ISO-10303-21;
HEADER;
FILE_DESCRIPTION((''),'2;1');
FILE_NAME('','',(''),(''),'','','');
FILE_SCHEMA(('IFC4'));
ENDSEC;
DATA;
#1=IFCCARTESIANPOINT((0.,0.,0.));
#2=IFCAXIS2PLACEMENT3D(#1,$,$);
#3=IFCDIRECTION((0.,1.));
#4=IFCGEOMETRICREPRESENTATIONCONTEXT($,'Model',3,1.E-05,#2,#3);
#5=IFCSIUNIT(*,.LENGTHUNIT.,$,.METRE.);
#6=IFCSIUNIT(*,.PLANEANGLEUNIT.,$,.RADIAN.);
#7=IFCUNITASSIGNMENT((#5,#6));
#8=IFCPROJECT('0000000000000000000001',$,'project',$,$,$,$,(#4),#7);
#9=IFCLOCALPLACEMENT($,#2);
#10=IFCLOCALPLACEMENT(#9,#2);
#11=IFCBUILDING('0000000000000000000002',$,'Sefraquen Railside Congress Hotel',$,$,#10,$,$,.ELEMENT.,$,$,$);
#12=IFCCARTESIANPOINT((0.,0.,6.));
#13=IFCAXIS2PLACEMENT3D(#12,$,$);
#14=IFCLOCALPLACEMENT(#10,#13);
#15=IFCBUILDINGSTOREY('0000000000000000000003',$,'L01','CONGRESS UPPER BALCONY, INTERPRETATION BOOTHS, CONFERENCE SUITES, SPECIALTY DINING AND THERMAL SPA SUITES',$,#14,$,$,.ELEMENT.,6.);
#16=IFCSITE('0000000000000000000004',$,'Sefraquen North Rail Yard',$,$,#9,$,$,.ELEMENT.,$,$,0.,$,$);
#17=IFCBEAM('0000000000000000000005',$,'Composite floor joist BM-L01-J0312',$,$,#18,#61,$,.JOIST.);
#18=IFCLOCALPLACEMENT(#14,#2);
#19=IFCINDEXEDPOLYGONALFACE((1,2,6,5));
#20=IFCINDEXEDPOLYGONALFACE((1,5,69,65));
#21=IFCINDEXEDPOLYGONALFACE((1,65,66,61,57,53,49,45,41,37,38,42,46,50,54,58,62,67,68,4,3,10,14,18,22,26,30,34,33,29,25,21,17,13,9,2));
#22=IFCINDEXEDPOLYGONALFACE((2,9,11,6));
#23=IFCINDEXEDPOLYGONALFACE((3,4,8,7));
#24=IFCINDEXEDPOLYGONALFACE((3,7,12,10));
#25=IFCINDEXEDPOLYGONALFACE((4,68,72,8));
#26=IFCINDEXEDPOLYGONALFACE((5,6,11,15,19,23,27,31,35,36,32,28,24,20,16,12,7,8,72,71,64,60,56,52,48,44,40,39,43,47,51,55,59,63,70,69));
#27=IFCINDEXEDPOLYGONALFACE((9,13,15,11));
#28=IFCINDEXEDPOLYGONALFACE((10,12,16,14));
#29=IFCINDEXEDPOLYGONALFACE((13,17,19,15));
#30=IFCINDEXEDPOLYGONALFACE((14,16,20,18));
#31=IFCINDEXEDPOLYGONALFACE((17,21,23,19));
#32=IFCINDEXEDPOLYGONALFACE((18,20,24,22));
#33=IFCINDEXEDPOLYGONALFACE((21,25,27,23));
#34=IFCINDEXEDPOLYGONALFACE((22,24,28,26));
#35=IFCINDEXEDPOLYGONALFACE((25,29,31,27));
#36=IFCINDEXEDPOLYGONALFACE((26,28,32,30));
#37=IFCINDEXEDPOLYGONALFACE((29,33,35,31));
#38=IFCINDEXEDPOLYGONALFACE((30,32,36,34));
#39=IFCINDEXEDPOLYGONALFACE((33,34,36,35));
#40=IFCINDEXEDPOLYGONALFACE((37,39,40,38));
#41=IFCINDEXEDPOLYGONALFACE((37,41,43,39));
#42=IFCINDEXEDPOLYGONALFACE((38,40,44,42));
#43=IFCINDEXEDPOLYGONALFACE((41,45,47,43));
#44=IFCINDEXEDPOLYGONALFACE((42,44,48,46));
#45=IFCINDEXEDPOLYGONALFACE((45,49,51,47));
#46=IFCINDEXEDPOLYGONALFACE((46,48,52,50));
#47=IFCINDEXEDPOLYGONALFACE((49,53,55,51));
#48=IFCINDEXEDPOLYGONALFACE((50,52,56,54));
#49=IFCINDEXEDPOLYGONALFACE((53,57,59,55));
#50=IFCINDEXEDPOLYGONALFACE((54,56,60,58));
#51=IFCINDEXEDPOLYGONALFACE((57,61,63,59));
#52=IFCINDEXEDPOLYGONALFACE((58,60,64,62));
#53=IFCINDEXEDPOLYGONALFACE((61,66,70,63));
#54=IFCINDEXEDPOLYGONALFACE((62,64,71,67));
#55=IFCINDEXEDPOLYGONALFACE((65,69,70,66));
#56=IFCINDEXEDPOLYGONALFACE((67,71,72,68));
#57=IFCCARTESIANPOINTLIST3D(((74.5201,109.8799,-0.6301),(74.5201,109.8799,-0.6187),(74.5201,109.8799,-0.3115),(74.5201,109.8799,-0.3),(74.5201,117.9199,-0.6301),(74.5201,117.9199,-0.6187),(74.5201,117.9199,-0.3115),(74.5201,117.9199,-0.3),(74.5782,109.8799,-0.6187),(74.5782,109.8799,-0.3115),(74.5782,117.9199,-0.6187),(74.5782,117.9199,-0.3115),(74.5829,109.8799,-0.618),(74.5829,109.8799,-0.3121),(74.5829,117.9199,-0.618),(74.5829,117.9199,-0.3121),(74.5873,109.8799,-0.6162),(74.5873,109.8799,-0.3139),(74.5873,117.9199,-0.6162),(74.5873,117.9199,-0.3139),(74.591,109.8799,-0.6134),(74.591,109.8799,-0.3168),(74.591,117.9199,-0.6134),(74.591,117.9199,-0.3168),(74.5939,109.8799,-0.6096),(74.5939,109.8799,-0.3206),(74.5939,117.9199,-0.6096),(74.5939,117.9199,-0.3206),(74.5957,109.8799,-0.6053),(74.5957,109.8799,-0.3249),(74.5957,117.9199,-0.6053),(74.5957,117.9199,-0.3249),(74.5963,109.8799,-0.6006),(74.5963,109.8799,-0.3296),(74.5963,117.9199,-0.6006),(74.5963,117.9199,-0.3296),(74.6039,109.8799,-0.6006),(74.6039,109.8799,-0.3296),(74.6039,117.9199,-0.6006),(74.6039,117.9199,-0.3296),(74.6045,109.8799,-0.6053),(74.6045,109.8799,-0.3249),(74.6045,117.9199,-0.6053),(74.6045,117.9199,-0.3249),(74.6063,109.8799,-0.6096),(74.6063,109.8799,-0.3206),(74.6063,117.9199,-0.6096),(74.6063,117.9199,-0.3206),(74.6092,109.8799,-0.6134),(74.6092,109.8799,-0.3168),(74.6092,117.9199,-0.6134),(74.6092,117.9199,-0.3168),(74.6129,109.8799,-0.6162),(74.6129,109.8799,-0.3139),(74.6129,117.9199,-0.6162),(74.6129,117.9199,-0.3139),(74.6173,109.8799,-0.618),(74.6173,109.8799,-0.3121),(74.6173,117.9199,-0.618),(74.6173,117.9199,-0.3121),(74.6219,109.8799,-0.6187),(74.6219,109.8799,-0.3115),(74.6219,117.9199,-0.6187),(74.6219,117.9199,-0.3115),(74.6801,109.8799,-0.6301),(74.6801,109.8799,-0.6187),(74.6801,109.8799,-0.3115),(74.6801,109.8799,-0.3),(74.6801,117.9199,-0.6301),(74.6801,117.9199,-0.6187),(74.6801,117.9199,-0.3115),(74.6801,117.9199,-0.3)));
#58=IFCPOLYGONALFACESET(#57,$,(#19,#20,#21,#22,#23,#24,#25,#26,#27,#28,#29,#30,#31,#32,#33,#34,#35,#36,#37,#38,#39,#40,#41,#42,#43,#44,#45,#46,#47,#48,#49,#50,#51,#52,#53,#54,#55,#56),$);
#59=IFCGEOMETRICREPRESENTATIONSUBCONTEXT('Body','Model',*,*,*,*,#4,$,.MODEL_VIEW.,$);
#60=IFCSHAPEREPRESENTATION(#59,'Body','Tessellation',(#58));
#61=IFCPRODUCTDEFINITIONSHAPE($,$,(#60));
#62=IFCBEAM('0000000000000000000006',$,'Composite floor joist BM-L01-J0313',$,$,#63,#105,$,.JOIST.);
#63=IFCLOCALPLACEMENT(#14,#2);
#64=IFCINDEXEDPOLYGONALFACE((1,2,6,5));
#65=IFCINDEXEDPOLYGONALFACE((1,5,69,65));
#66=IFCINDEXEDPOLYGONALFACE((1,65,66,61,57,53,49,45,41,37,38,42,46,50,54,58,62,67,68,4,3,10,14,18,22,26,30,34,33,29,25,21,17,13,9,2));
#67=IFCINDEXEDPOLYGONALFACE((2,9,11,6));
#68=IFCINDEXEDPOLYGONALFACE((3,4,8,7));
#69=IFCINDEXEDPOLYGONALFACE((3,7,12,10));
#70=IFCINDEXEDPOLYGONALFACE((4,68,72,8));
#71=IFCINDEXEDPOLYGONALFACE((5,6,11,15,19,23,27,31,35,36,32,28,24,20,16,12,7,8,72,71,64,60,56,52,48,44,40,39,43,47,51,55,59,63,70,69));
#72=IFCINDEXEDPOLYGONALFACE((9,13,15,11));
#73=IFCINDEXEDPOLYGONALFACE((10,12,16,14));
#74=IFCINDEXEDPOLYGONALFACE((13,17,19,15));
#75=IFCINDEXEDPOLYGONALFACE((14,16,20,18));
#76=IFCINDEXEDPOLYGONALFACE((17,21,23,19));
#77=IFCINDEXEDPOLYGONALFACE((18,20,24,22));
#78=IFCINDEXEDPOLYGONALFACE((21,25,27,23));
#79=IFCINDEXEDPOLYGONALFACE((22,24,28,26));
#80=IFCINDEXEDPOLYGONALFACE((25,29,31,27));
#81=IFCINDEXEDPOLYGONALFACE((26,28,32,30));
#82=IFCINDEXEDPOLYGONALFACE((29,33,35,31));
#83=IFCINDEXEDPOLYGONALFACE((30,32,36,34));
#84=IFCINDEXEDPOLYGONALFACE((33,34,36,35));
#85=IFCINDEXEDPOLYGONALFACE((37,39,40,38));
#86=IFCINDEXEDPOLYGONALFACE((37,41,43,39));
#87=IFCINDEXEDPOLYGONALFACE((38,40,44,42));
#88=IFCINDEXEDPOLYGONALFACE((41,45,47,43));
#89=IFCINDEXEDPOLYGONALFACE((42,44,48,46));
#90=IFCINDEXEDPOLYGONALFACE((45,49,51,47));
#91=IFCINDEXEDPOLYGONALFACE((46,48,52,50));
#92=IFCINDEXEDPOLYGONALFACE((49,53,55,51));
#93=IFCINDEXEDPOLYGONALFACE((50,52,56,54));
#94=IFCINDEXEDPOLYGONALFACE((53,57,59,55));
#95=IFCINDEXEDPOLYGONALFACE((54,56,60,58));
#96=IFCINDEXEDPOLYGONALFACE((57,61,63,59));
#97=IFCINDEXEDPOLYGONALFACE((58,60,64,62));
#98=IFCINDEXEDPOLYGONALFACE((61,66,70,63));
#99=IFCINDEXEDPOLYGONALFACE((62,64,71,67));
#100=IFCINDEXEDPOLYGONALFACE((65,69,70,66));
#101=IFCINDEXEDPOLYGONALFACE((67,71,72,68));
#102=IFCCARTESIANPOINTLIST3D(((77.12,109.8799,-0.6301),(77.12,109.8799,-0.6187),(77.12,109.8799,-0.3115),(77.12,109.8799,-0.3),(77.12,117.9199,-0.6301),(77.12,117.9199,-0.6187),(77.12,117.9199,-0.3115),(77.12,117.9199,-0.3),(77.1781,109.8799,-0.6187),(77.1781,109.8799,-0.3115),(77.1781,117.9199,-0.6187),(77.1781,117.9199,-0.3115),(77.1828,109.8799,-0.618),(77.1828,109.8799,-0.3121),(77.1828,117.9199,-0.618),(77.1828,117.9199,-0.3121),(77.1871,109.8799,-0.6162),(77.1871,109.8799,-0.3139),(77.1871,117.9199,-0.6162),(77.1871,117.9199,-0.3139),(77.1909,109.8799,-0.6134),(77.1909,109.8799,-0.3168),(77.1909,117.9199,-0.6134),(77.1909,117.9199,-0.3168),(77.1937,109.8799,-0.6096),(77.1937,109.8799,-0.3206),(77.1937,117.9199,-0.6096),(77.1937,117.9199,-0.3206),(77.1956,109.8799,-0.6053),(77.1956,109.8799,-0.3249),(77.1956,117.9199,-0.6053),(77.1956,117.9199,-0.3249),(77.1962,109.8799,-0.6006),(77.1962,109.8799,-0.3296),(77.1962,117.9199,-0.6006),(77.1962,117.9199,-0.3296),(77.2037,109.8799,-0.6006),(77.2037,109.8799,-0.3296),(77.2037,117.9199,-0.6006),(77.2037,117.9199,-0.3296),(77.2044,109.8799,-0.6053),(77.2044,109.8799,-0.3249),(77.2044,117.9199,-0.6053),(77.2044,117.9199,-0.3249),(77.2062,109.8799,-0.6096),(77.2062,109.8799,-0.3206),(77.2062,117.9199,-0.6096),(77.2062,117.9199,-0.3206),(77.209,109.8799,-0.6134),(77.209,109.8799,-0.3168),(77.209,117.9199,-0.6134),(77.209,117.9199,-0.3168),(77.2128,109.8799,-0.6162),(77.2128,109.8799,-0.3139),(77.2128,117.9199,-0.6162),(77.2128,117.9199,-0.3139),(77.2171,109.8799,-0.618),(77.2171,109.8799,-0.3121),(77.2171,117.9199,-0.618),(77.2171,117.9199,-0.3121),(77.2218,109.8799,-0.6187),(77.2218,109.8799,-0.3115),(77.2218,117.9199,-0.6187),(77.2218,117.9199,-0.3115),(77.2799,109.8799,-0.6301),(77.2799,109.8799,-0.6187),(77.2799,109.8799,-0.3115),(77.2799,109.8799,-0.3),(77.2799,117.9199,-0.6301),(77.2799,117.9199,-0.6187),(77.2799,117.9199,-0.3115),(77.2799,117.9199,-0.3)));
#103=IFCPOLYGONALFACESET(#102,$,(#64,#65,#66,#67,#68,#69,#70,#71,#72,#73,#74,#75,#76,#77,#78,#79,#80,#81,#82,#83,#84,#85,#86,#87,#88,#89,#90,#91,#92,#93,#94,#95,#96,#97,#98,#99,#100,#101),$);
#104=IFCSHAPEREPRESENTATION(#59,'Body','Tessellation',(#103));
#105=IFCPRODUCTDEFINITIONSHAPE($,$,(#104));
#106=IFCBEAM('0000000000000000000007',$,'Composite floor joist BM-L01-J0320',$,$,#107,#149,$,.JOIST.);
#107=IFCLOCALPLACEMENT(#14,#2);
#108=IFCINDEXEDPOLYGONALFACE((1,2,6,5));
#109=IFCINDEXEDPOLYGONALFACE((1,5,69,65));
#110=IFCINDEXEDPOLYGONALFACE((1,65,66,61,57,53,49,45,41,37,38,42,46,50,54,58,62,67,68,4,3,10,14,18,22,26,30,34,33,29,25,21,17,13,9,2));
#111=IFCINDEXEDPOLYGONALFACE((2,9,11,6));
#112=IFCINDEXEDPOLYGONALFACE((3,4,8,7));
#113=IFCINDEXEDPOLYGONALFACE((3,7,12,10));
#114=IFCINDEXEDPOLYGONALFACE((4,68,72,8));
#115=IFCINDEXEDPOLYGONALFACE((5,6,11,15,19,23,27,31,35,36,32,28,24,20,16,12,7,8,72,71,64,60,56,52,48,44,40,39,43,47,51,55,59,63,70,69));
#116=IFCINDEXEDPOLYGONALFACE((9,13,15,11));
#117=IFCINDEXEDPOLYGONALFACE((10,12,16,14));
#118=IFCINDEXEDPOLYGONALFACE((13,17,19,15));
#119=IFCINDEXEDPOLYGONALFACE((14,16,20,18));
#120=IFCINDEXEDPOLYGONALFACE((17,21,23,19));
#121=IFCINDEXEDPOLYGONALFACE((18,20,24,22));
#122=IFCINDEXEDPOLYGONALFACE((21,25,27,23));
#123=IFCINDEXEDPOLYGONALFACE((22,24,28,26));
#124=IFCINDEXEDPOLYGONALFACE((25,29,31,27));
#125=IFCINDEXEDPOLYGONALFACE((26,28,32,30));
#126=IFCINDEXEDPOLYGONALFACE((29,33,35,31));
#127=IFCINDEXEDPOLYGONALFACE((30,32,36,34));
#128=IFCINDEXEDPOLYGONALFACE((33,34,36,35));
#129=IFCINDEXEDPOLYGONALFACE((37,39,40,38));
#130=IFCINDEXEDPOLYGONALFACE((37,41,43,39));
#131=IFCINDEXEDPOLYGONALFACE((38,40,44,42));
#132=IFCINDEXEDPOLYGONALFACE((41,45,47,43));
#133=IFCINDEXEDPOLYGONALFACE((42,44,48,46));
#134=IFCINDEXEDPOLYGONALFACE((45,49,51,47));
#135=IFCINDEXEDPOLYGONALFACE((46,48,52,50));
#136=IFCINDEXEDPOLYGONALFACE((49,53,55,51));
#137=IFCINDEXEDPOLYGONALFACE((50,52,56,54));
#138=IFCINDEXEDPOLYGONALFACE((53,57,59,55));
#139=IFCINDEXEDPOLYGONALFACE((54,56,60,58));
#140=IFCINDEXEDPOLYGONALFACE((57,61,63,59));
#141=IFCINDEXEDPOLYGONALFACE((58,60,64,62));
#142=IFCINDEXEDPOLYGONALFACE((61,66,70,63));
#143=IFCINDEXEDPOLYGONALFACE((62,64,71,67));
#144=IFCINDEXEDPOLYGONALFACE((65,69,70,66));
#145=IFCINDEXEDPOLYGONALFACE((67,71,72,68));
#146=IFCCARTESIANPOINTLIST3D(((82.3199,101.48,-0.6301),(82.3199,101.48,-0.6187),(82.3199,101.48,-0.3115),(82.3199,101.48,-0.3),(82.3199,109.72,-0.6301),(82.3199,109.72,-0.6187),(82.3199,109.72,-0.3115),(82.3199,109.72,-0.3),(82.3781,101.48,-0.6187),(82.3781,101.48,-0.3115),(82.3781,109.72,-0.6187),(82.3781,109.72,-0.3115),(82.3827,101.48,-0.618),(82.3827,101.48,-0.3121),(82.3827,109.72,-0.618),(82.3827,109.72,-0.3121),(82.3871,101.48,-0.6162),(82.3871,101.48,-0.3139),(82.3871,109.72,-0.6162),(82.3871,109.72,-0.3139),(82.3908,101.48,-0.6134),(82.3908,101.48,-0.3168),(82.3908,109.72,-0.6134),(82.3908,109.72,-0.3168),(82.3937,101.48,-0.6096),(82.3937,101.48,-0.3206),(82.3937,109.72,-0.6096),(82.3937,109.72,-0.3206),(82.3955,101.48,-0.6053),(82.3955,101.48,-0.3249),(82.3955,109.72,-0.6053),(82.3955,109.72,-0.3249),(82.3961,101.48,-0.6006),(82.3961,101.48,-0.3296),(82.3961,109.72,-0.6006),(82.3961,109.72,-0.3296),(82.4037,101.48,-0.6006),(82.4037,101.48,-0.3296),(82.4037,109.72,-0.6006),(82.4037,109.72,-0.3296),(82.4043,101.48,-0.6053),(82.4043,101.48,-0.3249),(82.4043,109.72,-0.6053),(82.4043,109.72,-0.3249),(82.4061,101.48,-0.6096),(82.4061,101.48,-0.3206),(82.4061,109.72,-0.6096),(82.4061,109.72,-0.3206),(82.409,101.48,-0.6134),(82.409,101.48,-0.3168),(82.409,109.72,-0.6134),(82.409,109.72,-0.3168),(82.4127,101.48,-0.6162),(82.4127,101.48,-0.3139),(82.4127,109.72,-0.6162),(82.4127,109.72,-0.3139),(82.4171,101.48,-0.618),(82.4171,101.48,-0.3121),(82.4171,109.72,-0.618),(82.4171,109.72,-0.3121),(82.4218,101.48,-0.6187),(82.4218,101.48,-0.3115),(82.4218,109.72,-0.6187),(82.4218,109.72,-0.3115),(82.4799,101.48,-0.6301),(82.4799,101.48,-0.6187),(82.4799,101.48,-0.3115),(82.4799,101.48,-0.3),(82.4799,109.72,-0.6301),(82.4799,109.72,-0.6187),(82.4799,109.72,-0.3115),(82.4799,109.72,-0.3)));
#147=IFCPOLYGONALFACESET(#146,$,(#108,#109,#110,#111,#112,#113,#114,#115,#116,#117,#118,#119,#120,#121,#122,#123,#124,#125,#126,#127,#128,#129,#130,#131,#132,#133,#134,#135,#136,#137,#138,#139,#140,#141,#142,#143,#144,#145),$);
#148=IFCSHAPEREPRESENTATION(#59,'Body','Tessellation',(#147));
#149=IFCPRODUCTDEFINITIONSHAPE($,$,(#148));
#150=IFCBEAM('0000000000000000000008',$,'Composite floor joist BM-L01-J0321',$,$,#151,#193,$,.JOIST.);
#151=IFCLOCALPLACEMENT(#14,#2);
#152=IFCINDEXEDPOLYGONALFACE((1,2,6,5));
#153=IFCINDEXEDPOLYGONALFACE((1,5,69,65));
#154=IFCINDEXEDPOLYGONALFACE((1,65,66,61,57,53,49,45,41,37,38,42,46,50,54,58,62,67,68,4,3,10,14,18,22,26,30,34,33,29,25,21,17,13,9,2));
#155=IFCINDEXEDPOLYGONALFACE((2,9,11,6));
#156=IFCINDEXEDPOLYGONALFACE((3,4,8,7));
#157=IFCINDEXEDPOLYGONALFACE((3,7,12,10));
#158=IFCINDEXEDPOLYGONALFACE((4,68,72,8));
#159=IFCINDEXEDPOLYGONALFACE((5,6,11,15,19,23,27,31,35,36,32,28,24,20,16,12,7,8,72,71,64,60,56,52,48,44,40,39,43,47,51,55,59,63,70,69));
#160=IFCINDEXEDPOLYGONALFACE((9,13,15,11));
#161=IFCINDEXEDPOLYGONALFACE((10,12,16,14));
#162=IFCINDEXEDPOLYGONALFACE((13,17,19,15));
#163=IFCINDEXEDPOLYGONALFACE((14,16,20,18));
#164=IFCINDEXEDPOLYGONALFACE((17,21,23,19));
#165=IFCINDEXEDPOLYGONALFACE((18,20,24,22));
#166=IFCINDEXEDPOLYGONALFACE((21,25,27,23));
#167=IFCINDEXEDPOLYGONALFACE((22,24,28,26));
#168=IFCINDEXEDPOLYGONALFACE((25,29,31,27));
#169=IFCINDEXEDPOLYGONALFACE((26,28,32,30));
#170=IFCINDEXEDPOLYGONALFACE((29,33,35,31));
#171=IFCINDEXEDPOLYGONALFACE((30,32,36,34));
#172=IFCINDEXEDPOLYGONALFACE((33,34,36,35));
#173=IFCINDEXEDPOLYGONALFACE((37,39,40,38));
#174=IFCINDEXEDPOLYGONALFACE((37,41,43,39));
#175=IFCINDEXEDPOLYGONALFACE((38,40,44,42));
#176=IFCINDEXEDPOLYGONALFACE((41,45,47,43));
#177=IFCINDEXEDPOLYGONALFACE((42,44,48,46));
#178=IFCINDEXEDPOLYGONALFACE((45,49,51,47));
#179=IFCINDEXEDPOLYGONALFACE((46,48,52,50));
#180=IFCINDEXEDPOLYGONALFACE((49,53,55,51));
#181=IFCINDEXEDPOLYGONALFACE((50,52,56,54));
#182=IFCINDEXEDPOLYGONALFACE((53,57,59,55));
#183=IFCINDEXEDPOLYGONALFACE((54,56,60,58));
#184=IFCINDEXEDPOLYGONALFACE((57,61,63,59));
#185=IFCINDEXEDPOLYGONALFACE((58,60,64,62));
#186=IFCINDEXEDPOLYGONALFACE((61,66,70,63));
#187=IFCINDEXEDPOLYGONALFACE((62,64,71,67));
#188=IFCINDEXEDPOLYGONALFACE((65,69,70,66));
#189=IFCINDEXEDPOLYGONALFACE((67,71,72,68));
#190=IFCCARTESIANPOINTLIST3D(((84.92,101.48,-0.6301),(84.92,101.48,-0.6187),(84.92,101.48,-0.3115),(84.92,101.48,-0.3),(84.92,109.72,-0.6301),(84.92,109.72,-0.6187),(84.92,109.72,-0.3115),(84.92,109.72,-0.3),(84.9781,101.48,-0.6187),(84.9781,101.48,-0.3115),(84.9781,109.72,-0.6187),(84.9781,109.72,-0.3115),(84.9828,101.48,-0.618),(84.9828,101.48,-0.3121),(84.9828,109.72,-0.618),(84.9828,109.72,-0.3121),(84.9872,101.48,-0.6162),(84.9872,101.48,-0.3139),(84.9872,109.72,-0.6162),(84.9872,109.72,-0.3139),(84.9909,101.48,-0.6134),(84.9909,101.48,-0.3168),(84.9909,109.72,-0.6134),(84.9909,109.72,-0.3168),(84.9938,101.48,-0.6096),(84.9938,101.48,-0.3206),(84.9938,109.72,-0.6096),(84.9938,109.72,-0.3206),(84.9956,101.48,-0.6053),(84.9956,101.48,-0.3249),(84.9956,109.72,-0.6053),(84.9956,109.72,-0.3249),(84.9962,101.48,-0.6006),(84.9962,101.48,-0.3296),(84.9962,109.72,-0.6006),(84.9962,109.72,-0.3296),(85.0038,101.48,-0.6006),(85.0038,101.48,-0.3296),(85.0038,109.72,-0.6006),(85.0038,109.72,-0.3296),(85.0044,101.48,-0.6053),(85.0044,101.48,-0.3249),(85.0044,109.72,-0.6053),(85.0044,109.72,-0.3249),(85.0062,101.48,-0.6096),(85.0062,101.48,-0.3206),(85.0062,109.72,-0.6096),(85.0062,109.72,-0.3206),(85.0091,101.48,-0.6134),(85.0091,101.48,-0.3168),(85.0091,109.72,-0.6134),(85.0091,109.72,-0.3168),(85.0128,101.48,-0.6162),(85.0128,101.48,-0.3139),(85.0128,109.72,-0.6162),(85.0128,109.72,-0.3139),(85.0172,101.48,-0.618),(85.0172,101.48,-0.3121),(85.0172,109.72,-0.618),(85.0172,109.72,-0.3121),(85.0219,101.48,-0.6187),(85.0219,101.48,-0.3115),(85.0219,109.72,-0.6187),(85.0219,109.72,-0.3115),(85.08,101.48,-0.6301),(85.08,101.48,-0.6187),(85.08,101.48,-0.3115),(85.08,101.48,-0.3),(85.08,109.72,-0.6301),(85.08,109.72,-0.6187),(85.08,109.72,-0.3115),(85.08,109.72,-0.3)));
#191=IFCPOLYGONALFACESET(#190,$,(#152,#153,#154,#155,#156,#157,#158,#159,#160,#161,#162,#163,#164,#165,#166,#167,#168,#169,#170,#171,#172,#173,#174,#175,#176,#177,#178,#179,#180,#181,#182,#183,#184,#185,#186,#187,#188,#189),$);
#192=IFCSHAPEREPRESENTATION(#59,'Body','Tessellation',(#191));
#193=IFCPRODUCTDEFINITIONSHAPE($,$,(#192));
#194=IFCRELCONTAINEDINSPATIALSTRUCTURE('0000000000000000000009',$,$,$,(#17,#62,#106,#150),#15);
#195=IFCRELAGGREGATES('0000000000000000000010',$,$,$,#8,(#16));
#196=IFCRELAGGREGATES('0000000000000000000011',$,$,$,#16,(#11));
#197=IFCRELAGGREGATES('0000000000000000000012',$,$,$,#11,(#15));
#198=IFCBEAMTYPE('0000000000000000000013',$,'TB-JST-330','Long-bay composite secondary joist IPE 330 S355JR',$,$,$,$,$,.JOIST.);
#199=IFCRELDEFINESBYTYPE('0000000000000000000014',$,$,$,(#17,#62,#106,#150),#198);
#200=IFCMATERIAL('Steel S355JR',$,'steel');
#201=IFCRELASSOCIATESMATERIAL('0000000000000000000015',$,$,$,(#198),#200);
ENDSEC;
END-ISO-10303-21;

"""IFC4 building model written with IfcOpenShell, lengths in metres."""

from ifc_helpers import new_model, si_unit, direction, frame, origin, origin_2d, place, context, subcontext, project, spatial, i_section, extrude, material, material_profile, profile_set, type_object, element, save


model = new_model("IFC4")

# Units and contexts
model_context = context("Model", 3, precision=1e-05, world=origin(), true_north=direction((0.0, 1.0)))
body_context = subcontext(model_context, "Body", "Model", "MODEL_VIEW")
ifc_project = project(units=[si_unit("LENGTHUNIT", "METRE"), si_unit("PLANEANGLEUNIT", "RADIAN")], contexts=[model_context])

# Site, building, storey
site_placement = place(None, origin())
site = spatial("IfcSite", under=ifc_project, at=site_placement, Name="Sefraquen North Rail Yard", CompositionType="ELEMENT", RefElevation=0.0)
building_placement = place(site_placement, origin())
building = spatial("IfcBuilding", under=site, at=building_placement, Name="Sefraquen Railside Congress Hotel", CompositionType="ELEMENT")
storey_placement = place(building_placement, frame((0.0, 0.0, 6.0)))
storey = spatial("IfcBuildingStorey", under=building, at=storey_placement, Name="L01", Description="CONGRESS UPPER BALCONY, INTERPRETATION BOOTHS, CONFERENCE SUITES, SPECIALTY DINING AND THERMAL SPA SUITES", CompositionType="ELEMENT", Elevation=6.0)

# Shared definitions
ifc_material_1 = material(Name="Steel S355JR", Category="steel")

# Beams
ifc_material_profile_1 = material_profile(ifc_material_1, i_section(OverallWidth=0.1599, OverallDepth=0.3301, WebThickness=0.0076, FlangeThickness=0.0115, FilletRadius=0.0181, at=origin_2d()), Name="IPE 330")
ifc_profile_set_1 = profile_set([ifc_material_profile_1], Name="Steel S355JR")
beam_type_1 = type_object("IfcBeamType", Name="TB-JST-330", Description="Long-bay composite secondary joist IPE 330 S355JR", PredefinedType="JOIST", material=ifc_profile_set_1)
for number, where, z_axis, x_axis, name in (
    (1, (74.6001, 109.8799, -0.4651), (0.0, 1.0, 0.0), (-1.0, 0.0, 0.0), "Composite floor joist BM-L01-J0312"),
    (2, (77.2, 109.8799, -0.4651), (0.0, 1.0, 0.0), (-1.0, 0.0, 0.0), "Composite floor joist BM-L01-J0313"),
):
    element("IfcBeam", number, at=place(storey_placement, frame(where, z_axis=z_axis, x_axis=x_axis)), inside=storey, type_object=beam_type_1, Name=name, PredefinedType="JOIST", context=body_context, shape_type="SweptSolid", body=[
        extrude(i_section(OverallWidth=0.1599, OverallDepth=0.3301, WebThickness=0.0076, FlangeThickness=0.0115, FilletRadius=0.0181, at=origin_2d()), origin(), (0.0, 0.0, 1.0), 8.04),
    ])
for number, where, z_axis, x_axis, name in (
    (3, (82.3999, 101.48, -0.4651), (0.0, 1.0, 0.0), (-1.0, 0.0, 0.0), "Composite floor joist BM-L01-J0320"),
    (4, (85.0, 101.48, -0.4651), (0.0, 1.0, 0.0), (-1.0, 0.0, 0.0), "Composite floor joist BM-L01-J0321"),
):
    element("IfcBeam", number, at=place(storey_placement, frame(where, z_axis=z_axis, x_axis=x_axis)), inside=storey, type_object=beam_type_1, Name=name, PredefinedType="JOIST", context=body_context, shape_type="SweptSolid", body=[
        extrude(i_section(OverallWidth=0.1599, OverallDepth=0.3301, WebThickness=0.0076, FlangeThickness=0.0115, FilletRadius=0.0181, at=origin_2d()), origin(), (0.0, 0.0, 1.0), 8.24),
    ])

save(model, "model.ifc")
